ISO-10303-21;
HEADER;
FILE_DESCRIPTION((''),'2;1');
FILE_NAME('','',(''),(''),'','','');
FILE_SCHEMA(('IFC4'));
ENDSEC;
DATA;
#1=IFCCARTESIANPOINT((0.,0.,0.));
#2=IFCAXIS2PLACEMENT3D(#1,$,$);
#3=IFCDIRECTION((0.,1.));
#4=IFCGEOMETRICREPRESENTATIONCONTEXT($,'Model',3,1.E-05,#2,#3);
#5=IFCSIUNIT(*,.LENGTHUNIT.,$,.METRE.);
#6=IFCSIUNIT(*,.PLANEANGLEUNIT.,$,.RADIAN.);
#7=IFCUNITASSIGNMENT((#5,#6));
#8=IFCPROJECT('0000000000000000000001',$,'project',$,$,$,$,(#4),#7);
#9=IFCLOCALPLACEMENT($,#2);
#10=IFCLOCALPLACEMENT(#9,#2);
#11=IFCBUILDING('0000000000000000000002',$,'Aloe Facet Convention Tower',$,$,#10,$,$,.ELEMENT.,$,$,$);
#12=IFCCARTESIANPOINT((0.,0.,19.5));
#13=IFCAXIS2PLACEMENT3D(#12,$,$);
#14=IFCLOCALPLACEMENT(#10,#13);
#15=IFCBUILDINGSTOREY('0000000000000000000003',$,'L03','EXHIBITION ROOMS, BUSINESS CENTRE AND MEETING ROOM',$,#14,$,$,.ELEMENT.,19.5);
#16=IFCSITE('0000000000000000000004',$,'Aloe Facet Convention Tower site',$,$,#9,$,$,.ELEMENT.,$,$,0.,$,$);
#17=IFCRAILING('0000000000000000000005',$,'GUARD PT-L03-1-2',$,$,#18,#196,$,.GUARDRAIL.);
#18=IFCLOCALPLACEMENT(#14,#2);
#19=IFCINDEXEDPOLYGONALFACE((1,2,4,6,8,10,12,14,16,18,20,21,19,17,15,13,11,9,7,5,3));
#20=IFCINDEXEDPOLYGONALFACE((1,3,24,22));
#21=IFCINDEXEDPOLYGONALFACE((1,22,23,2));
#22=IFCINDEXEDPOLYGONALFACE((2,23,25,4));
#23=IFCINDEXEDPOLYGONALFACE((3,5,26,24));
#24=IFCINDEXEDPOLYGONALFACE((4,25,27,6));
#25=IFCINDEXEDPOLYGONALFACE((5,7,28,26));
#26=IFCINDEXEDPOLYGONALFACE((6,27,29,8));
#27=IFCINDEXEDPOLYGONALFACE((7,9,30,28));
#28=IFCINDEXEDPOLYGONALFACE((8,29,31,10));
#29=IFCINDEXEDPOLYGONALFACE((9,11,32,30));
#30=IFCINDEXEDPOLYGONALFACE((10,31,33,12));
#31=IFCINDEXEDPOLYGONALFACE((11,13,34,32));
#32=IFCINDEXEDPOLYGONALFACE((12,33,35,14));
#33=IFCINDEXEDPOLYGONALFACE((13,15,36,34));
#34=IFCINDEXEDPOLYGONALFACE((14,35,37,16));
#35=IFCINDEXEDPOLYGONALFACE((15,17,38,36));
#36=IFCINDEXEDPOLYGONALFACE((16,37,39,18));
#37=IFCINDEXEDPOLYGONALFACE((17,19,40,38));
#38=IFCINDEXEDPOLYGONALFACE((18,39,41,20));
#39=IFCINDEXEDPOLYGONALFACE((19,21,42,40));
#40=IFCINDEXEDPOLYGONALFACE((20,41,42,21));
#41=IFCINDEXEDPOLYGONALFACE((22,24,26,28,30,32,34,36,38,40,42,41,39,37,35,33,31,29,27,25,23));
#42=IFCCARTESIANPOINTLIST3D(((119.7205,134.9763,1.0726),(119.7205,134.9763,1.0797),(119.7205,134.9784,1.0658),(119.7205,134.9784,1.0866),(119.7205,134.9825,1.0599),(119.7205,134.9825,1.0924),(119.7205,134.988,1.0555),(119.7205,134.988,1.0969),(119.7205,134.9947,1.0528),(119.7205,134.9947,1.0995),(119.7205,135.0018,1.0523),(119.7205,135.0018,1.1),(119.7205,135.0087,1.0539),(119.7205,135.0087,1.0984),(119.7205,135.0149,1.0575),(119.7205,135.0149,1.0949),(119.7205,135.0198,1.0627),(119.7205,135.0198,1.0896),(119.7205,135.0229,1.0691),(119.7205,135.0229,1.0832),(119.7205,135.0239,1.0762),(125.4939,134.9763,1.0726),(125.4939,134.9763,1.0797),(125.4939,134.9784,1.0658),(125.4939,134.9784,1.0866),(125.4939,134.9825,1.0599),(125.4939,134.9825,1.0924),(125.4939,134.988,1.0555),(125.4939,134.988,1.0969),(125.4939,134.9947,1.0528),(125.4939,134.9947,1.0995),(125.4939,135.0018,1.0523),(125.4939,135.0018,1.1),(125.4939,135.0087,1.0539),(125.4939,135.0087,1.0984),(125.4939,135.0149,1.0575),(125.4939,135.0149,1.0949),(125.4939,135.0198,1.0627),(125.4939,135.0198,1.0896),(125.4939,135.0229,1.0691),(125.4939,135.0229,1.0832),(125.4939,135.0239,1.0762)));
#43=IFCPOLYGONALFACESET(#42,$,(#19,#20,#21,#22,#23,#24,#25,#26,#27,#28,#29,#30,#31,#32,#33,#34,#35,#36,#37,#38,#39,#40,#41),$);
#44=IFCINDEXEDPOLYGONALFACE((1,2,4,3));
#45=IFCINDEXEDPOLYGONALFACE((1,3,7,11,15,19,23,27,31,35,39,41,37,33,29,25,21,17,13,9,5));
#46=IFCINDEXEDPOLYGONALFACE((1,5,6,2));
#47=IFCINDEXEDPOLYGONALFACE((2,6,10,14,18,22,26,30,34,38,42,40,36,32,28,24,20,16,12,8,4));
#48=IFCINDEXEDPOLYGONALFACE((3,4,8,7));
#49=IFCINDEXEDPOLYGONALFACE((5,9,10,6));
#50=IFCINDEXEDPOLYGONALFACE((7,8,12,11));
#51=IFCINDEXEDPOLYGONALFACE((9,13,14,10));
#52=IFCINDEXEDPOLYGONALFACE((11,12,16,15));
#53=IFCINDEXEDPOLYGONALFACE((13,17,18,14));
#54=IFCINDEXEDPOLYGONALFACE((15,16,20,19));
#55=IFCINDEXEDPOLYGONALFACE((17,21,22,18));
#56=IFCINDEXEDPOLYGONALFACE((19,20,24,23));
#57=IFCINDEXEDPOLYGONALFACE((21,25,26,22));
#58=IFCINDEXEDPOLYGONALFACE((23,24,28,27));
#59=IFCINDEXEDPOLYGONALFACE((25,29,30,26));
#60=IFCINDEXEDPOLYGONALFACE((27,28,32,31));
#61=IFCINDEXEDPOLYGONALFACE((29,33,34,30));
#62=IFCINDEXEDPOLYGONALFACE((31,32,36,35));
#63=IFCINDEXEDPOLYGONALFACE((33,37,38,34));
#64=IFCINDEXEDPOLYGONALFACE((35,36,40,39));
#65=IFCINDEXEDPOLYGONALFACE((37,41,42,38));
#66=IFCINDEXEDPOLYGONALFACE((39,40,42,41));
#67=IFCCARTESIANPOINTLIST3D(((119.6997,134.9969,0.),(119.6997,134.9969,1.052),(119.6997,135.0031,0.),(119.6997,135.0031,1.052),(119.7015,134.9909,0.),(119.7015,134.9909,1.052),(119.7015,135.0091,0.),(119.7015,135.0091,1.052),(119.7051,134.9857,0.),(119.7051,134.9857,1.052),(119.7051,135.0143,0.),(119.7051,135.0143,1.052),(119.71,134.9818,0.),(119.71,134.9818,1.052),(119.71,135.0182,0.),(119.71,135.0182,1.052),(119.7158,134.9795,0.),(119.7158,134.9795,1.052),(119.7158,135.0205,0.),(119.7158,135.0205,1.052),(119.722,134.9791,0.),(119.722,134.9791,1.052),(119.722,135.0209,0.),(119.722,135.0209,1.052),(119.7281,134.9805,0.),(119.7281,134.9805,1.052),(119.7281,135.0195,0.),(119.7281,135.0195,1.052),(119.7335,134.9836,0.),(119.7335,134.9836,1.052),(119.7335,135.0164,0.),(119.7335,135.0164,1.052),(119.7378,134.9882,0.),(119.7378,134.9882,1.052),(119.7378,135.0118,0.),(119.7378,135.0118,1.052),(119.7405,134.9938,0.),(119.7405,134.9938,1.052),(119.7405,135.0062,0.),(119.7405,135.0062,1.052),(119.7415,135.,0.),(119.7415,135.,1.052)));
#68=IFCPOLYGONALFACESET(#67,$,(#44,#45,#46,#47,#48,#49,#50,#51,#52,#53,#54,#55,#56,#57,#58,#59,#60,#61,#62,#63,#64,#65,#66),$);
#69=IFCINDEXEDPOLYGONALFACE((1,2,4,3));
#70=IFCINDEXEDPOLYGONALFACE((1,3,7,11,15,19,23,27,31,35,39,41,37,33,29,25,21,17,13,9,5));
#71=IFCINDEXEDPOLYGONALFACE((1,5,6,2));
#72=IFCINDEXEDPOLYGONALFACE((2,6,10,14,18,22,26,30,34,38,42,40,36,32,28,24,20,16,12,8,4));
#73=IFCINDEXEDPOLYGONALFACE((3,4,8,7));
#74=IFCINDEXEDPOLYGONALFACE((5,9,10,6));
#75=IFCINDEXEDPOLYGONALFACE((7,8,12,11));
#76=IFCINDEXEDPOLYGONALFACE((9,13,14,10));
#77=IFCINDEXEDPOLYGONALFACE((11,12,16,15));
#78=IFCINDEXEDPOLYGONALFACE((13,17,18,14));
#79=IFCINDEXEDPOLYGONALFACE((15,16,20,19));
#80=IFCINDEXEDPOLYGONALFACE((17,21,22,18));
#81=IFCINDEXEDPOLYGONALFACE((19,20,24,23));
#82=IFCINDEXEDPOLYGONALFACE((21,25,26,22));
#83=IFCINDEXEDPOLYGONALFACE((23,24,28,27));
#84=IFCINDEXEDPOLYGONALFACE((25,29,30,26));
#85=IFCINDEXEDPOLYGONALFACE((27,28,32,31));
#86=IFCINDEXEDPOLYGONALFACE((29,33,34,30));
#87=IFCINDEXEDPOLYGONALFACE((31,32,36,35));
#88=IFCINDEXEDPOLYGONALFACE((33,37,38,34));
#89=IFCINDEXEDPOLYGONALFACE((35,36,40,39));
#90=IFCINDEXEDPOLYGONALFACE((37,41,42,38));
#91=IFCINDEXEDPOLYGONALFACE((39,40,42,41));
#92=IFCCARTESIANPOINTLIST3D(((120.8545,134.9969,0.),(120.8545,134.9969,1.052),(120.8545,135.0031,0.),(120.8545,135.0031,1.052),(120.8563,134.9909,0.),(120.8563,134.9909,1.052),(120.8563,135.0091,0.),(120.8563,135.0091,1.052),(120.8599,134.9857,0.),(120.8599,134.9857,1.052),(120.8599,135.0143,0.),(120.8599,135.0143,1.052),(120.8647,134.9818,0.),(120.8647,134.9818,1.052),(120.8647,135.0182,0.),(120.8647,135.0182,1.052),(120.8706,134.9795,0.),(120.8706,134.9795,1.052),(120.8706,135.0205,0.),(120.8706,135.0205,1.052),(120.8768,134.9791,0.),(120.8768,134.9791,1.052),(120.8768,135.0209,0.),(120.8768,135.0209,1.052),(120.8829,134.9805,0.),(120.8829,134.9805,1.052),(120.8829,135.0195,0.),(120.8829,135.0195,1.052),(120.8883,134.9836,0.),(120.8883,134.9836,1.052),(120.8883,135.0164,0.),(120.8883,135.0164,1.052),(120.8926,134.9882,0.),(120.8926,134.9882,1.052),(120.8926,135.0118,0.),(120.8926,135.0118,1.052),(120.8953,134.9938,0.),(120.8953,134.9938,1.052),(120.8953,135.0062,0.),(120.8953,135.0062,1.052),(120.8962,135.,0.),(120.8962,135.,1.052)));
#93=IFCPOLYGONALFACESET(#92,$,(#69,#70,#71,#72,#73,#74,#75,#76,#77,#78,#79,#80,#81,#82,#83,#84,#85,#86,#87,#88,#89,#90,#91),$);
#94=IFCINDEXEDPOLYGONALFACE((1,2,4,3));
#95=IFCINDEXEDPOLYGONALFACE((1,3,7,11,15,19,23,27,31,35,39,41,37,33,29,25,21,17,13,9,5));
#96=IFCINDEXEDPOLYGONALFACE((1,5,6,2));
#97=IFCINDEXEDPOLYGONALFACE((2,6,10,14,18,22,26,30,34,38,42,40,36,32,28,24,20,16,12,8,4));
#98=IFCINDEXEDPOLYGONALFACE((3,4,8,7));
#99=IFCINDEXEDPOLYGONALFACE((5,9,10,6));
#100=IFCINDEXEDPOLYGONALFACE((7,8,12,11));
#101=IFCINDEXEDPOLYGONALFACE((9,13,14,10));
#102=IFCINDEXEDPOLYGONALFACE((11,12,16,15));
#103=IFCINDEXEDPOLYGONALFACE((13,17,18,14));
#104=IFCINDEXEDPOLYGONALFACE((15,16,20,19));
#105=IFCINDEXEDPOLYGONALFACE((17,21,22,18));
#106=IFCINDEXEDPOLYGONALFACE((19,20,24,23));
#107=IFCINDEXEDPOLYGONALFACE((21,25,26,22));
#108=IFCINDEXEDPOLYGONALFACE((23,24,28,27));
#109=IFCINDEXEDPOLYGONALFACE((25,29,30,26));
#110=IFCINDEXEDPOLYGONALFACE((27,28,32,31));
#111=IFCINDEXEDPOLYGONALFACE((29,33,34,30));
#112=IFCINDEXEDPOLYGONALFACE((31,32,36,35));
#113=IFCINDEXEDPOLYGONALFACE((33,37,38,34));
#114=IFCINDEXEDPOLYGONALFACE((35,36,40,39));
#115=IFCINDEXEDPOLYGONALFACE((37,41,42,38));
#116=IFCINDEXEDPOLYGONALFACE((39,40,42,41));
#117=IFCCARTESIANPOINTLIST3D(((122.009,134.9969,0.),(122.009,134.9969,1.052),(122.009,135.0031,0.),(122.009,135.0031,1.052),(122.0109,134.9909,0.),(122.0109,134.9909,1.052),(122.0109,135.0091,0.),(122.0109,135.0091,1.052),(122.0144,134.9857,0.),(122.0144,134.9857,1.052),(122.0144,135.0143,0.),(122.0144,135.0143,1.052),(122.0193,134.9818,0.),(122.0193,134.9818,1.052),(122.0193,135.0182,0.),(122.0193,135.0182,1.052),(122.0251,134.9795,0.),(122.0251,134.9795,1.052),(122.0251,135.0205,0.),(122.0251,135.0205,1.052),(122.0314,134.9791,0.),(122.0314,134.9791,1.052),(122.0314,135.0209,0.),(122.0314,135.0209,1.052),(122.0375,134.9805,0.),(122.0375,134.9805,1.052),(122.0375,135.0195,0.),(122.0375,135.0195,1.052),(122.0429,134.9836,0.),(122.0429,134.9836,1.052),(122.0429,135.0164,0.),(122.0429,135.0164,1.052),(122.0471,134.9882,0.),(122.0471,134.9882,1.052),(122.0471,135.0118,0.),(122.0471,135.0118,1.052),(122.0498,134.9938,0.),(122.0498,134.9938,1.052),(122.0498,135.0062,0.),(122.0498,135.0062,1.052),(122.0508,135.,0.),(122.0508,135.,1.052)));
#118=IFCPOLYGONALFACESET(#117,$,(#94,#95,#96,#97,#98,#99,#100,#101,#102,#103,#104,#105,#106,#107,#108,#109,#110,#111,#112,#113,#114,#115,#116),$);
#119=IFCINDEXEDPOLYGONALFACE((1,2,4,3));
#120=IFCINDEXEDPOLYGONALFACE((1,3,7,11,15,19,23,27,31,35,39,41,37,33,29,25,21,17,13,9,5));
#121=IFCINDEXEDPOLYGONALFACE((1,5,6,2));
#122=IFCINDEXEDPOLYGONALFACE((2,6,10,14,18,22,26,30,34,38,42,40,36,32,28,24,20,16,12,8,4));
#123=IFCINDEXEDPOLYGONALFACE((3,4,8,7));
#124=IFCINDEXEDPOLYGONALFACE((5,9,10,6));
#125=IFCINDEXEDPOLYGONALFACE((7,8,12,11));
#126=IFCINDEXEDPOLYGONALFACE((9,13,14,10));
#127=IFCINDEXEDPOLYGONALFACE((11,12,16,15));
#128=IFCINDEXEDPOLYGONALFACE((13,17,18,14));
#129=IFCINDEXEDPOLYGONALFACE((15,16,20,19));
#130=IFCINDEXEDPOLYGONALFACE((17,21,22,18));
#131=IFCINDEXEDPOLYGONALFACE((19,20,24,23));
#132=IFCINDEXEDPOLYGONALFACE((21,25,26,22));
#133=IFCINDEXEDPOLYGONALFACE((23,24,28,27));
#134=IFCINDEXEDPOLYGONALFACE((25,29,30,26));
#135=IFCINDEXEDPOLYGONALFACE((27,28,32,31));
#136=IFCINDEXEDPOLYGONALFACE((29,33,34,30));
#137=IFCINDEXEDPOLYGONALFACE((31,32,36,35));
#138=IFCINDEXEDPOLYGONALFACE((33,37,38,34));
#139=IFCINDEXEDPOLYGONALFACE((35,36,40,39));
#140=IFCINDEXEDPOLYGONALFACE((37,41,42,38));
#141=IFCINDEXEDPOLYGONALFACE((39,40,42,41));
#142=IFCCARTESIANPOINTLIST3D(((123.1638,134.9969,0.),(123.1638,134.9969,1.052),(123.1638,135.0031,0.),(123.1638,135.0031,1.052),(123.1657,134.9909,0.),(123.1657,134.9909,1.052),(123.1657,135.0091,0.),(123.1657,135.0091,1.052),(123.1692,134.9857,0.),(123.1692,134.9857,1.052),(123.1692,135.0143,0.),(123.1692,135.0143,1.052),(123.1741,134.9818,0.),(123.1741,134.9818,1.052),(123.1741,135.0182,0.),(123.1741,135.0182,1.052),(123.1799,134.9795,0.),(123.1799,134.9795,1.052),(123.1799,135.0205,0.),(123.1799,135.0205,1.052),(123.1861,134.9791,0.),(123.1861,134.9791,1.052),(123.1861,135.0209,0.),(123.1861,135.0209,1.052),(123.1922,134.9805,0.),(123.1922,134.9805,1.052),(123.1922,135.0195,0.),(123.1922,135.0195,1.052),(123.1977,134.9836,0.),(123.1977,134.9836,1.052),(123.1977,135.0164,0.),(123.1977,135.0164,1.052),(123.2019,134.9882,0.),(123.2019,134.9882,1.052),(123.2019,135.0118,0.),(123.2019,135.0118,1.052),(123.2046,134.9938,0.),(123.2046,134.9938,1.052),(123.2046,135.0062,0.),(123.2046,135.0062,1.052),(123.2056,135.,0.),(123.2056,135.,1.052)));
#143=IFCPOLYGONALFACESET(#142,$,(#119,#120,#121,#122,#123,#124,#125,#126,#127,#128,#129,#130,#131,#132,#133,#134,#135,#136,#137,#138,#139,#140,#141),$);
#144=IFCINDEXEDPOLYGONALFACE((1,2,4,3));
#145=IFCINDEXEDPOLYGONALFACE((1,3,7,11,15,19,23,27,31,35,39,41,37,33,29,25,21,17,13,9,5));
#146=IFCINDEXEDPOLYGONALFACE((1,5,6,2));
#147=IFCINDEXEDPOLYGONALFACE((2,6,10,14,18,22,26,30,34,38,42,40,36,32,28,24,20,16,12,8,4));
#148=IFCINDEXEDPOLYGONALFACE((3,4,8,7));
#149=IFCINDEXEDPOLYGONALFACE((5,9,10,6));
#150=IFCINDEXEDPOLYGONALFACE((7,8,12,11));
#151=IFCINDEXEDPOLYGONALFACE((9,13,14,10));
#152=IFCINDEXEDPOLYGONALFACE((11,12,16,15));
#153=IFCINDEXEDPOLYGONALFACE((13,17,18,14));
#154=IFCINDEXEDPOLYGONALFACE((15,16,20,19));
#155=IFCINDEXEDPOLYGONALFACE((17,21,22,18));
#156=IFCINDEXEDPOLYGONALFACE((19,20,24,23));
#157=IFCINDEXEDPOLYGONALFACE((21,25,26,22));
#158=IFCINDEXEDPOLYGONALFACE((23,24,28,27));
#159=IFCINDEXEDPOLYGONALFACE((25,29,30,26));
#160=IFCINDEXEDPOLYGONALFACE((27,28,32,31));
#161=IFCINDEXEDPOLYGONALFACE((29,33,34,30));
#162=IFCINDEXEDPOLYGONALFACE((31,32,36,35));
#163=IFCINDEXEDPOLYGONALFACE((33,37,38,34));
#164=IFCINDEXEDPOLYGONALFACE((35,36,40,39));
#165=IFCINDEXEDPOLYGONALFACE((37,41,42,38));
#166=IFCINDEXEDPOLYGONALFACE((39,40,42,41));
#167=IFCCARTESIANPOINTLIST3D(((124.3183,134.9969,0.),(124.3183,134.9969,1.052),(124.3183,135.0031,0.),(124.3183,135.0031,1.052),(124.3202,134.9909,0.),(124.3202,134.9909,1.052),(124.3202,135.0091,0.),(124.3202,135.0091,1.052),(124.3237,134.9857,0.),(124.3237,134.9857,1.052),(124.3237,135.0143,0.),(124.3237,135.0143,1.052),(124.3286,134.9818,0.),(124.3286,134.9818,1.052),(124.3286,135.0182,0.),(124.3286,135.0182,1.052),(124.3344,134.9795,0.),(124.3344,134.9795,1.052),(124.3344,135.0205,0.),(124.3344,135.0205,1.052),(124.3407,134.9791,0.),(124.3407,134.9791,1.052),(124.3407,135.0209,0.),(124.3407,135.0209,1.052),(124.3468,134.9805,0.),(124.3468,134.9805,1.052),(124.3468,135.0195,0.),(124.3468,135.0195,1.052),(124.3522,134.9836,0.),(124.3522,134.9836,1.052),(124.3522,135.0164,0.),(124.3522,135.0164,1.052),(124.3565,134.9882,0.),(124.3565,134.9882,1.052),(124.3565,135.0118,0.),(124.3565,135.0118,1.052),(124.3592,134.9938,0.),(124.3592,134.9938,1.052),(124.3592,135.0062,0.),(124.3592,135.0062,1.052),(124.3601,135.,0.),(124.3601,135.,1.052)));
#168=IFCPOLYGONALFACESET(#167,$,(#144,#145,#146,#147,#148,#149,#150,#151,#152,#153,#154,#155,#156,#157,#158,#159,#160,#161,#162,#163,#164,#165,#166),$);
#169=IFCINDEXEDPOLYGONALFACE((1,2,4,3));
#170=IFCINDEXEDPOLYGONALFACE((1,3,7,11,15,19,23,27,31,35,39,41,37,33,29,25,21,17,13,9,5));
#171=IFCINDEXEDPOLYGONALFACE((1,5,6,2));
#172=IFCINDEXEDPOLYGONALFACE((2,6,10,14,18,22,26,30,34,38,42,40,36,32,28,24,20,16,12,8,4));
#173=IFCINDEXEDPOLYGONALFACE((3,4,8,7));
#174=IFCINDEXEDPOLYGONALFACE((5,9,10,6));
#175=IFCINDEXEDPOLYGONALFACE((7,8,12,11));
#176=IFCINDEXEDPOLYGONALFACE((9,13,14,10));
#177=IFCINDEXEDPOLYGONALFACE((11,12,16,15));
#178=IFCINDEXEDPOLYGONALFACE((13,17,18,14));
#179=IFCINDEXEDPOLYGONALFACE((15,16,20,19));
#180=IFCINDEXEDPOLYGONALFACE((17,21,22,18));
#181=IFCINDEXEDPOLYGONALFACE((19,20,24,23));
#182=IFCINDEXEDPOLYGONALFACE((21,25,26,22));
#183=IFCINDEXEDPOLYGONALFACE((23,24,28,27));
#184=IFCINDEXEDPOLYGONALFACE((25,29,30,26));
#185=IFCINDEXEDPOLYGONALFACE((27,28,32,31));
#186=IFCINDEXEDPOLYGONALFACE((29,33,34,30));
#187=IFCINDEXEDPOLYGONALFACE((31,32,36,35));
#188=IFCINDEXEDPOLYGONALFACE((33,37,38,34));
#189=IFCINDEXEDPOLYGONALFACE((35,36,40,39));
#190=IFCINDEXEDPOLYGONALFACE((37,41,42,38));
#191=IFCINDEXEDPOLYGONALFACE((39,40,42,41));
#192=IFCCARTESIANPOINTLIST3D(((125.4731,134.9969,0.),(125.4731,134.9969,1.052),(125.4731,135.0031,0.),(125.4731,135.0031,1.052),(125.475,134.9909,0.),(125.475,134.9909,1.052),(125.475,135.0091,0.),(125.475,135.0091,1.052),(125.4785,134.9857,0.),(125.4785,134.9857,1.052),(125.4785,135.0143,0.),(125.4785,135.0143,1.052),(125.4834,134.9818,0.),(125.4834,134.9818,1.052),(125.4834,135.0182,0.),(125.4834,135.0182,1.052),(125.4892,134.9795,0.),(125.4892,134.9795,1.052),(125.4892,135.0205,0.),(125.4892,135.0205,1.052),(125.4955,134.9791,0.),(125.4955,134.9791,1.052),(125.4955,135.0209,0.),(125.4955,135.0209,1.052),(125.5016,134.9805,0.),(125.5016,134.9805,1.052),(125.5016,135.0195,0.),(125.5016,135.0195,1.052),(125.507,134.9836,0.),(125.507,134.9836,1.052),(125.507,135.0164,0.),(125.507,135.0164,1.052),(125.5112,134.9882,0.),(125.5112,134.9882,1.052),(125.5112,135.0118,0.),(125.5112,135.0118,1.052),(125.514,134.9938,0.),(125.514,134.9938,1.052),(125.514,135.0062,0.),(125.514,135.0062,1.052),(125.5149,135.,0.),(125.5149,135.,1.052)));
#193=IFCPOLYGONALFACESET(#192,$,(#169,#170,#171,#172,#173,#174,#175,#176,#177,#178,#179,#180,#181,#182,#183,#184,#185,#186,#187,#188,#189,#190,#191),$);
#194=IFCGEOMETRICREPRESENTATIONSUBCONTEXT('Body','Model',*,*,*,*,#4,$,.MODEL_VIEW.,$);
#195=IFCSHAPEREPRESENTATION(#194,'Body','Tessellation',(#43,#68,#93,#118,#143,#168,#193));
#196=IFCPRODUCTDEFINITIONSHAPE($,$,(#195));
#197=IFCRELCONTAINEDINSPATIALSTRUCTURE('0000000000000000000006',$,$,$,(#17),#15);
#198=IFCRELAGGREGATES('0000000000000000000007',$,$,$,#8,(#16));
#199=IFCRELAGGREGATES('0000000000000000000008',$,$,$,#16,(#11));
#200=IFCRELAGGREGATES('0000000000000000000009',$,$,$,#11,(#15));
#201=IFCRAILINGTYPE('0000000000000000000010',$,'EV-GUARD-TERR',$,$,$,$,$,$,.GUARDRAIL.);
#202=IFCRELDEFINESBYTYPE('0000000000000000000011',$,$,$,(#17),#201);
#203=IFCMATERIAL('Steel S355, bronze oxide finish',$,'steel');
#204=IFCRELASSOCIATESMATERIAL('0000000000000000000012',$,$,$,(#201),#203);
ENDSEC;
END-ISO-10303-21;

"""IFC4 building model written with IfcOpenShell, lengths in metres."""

from ifc_helpers import new_model, si_unit, direction, frame, origin, origin_2d, place, context, subcontext, project, spatial, circle, extrude, material, type_object, element, save


model = new_model("IFC4")

# Units and contexts
model_context = context("Model", 3, precision=1e-05, world=origin(), true_north=direction((0.0, 1.0)))
body_context = subcontext(model_context, "Body", "Model", "MODEL_VIEW")
ifc_project = project(units=[si_unit("LENGTHUNIT", "METRE"), si_unit("PLANEANGLEUNIT", "RADIAN")], contexts=[model_context])

# Site, building, storey
site_placement = place(None, origin())
site = spatial("IfcSite", under=ifc_project, at=site_placement, Name="Aloe Facet Convention Tower site", CompositionType="ELEMENT", RefElevation=0.0)
building_placement = place(site_placement, origin())
building = spatial("IfcBuilding", under=site, at=building_placement, Name="Aloe Facet Convention Tower", CompositionType="ELEMENT")
storey_placement = place(building_placement, frame((0.0, 0.0, 19.5)))
storey = spatial("IfcBuildingStorey", under=building, at=storey_placement, Name="L03", Description="EXHIBITION ROOMS, BUSINESS CENTRE AND MEETING ROOM", CompositionType="ELEMENT", Elevation=19.5)

# Railing
ifc_material_1 = material(Name="Steel S355, bronze oxide finish", Category="steel")
railing_type = type_object("IfcRailingType", Name="EV-GUARD-TERR", PredefinedType="GUARDRAIL", material=ifc_material_1)
railing_1_placement = place(storey_placement, frame((119.7205, 135.0, 0.0)))
element("IfcRailing", 1, at=railing_1_placement, inside=storey, type_object=railing_type, Name="GUARD PT-L03-1-2", PredefinedType="GUARDRAIL", context=body_context, shape_type="SweptSolid", body=[
    extrude(circle(Radius=0.0239, at=origin_2d()), frame((0.0, 0.0, 1.0762), z_axis=(1.0, 0.0, 0.0), x_axis=(0.0, 1.0, 0.0)), (0.0, 0.0, 1.0), 5.7734),
    extrude(circle(Radius=0.021, at=origin_2d()), origin(), (0.0, 0.0, 1.0), 1.052),
    extrude(circle(Radius=0.021, at=origin_2d()), frame((1.1548, 0.0, 0.0)), (0.0, 0.0, 1.0), 1.052),
    extrude(circle(Radius=0.021, at=origin_2d()), frame((2.3093, 0.0, 0.0)), (0.0, 0.0, 1.0), 1.052),
    extrude(circle(Radius=0.021, at=origin_2d()), frame((3.4641, 0.0, 0.0)), (0.0, 0.0, 1.0), 1.052),
    extrude(circle(Radius=0.021, at=origin_2d()), frame((4.6187, 0.0, 0.0)), (0.0, 0.0, 1.0), 1.052),
    extrude(circle(Radius=0.021, at=origin_2d()), frame((5.7734, 0.0, 0.0)), (0.0, 0.0, 1.0), 1.052),
])

save(model, "model.ifc")
